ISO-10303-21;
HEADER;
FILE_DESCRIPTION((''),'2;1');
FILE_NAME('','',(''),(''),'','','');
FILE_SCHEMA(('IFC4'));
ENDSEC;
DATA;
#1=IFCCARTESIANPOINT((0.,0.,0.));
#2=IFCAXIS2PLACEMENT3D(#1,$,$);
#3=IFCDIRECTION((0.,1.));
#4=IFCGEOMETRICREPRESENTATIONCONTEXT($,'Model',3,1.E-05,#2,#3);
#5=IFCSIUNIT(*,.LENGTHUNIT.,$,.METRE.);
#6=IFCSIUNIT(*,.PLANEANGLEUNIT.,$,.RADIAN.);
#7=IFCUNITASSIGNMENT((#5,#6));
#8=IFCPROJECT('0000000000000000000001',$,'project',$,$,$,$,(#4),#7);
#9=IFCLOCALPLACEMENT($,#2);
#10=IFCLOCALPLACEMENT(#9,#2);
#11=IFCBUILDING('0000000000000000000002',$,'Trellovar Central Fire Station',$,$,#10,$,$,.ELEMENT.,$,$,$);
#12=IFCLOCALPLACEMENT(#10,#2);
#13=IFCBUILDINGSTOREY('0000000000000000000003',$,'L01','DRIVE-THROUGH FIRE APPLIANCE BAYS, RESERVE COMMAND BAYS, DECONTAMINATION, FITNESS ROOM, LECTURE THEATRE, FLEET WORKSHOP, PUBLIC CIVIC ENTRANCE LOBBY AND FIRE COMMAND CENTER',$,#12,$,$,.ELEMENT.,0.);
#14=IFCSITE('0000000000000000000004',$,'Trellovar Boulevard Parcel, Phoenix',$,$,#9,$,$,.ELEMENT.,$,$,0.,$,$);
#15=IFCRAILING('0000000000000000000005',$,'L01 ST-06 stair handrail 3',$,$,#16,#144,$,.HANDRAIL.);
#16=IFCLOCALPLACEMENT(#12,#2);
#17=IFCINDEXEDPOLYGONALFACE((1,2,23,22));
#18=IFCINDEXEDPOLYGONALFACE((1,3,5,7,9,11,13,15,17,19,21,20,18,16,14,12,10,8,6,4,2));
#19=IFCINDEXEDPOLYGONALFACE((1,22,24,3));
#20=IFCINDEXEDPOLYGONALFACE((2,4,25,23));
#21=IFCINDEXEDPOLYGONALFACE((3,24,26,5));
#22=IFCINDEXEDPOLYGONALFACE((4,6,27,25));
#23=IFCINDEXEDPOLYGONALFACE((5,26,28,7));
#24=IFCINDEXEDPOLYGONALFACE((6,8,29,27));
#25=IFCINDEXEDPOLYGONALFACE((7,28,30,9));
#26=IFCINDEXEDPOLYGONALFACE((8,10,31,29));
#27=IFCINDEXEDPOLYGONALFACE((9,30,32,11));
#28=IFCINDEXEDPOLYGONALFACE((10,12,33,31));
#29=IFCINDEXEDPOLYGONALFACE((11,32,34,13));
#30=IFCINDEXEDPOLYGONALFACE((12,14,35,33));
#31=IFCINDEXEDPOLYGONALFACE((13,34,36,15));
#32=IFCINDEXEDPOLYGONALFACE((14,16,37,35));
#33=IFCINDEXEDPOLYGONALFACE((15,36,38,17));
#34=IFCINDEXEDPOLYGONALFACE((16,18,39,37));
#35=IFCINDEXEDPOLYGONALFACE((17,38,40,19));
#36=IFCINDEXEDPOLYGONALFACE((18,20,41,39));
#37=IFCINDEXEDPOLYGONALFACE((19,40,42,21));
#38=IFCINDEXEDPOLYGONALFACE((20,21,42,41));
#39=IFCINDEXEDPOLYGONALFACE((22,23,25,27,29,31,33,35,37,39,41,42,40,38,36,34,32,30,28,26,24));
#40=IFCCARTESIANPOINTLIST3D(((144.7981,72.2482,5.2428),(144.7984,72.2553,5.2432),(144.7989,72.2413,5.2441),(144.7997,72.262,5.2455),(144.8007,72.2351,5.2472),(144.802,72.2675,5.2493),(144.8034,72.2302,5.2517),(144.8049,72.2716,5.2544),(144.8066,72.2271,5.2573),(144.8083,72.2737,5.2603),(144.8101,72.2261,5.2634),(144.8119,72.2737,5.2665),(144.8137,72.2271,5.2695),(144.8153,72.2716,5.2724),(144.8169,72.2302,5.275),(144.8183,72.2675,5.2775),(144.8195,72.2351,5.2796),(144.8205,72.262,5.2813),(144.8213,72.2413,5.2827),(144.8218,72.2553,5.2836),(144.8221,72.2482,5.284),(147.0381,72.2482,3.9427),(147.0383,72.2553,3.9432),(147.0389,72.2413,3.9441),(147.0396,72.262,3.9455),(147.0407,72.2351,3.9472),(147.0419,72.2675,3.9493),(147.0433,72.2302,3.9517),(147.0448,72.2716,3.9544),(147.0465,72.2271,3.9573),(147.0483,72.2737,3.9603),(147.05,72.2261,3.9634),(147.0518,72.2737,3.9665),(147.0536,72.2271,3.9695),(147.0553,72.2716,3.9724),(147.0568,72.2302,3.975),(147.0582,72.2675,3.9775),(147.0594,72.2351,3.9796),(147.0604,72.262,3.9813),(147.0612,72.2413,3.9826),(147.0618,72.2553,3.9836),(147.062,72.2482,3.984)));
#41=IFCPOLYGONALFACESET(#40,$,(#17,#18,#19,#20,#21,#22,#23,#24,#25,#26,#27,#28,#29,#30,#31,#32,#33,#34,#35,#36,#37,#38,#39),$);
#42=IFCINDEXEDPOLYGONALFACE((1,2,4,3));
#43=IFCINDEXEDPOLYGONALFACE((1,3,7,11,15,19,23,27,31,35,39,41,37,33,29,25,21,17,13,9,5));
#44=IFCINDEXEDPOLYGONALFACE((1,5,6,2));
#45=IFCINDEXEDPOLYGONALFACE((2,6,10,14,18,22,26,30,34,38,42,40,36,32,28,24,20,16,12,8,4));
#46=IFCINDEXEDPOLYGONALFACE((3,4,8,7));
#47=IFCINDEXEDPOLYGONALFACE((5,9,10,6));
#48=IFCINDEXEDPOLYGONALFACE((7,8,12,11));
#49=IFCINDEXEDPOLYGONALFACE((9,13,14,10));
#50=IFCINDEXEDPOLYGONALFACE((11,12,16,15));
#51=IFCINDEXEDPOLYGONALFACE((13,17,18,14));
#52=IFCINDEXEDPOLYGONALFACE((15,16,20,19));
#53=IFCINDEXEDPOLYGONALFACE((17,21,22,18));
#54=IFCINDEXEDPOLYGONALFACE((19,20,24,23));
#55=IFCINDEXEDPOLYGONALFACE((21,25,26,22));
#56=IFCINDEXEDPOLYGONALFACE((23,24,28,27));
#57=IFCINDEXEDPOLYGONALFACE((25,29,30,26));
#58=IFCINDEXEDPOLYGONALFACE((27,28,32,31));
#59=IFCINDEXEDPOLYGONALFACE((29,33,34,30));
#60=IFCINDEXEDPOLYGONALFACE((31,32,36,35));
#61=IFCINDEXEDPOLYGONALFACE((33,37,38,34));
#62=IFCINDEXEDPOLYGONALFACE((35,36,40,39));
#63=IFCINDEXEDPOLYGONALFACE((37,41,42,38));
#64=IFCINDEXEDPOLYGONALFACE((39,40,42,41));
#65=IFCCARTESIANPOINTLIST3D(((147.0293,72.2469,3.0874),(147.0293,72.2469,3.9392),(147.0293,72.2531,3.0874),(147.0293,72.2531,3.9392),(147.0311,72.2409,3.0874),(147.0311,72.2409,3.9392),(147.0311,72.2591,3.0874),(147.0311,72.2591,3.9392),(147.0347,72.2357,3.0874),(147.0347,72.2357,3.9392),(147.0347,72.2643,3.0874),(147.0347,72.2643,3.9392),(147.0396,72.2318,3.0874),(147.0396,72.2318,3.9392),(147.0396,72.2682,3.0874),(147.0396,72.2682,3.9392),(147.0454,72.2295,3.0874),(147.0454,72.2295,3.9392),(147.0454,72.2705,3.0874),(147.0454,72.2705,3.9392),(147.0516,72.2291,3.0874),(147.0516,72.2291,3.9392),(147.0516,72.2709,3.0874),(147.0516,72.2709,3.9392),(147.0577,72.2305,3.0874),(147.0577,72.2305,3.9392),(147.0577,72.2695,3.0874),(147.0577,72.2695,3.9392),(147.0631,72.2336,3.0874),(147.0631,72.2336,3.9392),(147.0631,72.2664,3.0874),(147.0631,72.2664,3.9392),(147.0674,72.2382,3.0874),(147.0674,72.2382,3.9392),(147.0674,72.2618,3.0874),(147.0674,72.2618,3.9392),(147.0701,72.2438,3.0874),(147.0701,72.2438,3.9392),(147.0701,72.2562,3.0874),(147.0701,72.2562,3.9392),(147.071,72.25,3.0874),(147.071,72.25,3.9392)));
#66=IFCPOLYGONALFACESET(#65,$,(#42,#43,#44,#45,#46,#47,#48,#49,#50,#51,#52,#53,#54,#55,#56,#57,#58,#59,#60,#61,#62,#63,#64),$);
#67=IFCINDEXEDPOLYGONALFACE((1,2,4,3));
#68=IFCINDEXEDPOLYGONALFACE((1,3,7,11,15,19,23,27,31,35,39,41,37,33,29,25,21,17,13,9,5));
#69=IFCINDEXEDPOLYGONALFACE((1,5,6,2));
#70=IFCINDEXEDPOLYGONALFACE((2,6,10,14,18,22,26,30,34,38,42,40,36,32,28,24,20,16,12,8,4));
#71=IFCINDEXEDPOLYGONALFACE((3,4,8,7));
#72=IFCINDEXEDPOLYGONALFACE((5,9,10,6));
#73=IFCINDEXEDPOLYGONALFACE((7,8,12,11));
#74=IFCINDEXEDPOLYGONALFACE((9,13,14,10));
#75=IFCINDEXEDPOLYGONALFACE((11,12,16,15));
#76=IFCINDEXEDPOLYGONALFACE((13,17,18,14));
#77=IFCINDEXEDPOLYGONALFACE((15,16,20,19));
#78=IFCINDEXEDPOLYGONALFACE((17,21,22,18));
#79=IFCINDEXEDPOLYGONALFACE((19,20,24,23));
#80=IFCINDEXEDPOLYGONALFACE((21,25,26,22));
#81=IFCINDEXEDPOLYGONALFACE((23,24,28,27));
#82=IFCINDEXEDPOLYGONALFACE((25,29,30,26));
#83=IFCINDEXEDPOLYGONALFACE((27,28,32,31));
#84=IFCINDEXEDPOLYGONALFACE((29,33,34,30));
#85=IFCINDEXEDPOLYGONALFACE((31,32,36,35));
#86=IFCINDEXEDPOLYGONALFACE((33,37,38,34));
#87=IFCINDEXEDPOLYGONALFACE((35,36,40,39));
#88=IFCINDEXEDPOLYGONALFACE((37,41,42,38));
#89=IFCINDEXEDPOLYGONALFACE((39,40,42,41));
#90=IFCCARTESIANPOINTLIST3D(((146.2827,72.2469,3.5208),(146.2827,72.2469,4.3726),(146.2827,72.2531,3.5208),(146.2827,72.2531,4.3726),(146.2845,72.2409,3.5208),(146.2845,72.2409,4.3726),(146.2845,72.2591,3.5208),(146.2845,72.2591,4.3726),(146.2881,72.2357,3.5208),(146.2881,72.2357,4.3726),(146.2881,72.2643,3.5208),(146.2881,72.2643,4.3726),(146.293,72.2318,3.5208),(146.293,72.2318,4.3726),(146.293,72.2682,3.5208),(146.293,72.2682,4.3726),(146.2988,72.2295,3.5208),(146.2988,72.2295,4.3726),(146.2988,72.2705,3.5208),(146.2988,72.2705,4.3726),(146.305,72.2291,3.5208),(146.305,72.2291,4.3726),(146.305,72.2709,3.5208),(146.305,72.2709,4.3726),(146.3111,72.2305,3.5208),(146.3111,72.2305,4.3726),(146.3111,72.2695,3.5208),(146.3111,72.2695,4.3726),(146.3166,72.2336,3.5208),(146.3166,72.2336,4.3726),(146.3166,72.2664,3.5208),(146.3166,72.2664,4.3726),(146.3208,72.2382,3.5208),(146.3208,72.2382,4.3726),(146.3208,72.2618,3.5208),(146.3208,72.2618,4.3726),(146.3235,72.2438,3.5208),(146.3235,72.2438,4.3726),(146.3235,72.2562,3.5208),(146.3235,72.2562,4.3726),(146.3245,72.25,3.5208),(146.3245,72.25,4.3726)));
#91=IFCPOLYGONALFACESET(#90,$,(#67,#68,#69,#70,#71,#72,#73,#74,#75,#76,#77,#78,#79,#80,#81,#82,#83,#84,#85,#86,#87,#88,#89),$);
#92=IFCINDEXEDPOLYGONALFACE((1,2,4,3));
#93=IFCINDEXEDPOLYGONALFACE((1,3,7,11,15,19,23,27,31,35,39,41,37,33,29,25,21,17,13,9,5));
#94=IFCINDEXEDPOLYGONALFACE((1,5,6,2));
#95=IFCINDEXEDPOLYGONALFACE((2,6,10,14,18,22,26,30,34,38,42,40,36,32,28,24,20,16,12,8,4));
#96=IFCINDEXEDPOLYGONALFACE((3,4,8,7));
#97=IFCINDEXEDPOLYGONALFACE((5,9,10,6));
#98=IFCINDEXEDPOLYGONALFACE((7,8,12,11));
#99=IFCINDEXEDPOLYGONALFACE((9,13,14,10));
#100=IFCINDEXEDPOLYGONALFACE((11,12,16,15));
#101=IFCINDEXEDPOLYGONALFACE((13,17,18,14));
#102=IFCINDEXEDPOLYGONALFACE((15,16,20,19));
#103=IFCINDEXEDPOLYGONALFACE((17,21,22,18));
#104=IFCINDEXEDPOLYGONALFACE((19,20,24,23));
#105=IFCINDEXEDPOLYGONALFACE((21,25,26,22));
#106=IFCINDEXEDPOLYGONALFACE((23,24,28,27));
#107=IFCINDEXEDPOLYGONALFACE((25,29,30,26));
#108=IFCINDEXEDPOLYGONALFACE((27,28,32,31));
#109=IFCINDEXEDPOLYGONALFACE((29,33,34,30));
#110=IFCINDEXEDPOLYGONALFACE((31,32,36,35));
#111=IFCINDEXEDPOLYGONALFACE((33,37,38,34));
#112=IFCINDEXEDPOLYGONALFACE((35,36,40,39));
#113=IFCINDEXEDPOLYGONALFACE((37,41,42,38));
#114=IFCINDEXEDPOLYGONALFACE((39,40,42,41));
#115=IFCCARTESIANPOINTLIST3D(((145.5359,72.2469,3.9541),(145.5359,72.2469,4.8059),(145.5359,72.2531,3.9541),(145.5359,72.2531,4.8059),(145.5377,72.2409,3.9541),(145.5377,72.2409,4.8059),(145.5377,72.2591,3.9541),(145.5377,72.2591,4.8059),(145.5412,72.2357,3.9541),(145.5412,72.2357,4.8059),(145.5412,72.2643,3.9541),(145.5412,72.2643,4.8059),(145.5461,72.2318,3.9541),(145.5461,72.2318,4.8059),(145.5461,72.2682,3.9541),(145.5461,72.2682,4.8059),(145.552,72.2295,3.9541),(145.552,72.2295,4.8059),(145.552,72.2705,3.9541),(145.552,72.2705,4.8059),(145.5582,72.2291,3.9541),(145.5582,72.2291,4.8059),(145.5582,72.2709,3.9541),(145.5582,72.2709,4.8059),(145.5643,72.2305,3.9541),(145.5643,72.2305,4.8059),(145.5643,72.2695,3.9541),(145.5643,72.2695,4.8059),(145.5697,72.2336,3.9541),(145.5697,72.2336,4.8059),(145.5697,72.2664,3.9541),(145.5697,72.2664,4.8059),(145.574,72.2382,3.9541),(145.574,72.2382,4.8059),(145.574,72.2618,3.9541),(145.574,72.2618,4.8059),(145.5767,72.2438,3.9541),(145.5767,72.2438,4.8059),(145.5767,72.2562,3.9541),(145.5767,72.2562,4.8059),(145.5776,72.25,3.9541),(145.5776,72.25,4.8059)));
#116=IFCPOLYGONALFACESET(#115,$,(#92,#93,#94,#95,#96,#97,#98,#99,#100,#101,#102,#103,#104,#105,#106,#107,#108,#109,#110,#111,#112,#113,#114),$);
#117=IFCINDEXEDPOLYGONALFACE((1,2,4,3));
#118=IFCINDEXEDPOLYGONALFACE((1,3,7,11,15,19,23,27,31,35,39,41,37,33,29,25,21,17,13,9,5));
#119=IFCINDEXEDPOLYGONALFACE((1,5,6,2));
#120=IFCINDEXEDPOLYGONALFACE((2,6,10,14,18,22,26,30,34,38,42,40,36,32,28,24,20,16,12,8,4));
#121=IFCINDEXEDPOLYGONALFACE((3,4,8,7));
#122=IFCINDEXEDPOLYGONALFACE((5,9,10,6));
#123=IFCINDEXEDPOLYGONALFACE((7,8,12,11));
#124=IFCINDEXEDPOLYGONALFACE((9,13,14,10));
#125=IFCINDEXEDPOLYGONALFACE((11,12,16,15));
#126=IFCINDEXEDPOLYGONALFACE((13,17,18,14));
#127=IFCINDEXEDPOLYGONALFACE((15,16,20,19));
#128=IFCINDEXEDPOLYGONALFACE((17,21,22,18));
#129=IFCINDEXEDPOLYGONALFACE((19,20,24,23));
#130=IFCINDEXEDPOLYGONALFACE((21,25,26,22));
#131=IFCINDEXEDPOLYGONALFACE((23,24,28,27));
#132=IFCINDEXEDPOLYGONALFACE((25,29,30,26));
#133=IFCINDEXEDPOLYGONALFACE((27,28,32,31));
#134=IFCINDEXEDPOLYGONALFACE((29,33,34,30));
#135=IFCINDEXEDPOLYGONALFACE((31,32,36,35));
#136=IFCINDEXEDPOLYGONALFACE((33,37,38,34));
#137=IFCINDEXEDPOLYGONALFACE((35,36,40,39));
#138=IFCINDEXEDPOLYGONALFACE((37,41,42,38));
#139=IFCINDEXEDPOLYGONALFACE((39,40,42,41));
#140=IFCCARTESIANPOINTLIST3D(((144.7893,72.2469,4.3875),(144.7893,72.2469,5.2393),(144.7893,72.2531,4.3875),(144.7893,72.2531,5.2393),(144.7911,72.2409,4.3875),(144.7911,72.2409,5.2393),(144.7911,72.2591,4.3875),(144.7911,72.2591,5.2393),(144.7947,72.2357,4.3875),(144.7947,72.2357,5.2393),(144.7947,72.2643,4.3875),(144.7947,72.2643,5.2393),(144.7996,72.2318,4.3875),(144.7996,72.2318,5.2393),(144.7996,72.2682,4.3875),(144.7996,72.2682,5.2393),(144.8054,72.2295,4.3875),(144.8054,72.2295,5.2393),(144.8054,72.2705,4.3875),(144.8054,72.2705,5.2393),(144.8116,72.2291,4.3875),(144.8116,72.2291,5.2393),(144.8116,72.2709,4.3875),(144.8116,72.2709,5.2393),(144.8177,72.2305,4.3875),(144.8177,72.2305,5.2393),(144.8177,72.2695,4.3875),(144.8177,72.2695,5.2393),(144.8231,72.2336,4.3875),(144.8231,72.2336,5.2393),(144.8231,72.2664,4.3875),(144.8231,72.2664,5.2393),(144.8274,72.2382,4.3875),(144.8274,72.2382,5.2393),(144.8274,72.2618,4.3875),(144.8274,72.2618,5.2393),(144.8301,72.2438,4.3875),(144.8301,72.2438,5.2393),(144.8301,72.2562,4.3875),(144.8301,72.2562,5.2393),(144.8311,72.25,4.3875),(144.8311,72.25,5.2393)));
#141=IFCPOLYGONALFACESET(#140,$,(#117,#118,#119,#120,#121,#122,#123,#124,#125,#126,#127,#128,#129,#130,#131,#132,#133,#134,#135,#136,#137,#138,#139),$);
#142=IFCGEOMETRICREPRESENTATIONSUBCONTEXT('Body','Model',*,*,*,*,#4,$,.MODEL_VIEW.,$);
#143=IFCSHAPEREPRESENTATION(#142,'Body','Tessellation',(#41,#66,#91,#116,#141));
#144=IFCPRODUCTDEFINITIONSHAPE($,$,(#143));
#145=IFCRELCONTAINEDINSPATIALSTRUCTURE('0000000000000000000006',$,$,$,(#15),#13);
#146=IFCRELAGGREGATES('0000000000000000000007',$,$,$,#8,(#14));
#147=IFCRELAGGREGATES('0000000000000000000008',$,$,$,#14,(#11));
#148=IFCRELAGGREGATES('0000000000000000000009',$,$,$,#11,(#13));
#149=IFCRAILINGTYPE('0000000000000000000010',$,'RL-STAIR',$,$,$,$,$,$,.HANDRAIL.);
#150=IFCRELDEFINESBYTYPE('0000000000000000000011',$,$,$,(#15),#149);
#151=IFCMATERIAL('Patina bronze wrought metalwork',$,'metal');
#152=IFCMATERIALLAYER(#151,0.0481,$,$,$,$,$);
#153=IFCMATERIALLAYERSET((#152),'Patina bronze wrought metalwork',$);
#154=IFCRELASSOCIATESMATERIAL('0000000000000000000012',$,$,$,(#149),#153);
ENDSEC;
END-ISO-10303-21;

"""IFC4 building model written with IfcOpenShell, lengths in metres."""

from ifc_helpers import new_model, si_unit, direction, frame, origin, origin_2d, place, context, subcontext, project, spatial, circle, extrude, material, layer, layer_set, type_object, element, save


model = new_model("IFC4")

# Units and contexts
model_context = context("Model", 3, precision=1e-05, world=origin(), true_north=direction((0.0, 1.0)))
body_context = subcontext(model_context, "Body", "Model", "MODEL_VIEW")
ifc_project = project(units=[si_unit("LENGTHUNIT", "METRE"), si_unit("PLANEANGLEUNIT", "RADIAN")], contexts=[model_context])

# Site, building, storey
site_placement = place(None, origin())
site = spatial("IfcSite", under=ifc_project, at=site_placement, Name="Trellovar Boulevard Parcel, Phoenix", CompositionType="ELEMENT", RefElevation=0.0)
building_placement = place(site_placement, origin())
building = spatial("IfcBuilding", under=site, at=building_placement, Name="Trellovar Central Fire Station", CompositionType="ELEMENT")
storey_placement = place(building_placement, origin())
storey = spatial("IfcBuildingStorey", under=building, at=storey_placement, Name="L01", Description="DRIVE-THROUGH FIRE APPLIANCE BAYS, RESERVE COMMAND BAYS, DECONTAMINATION, FITNESS ROOM, LECTURE THEATRE, FLEET WORKSHOP, PUBLIC CIVIC ENTRANCE LOBBY AND FIRE COMMAND CENTER", CompositionType="ELEMENT", Elevation=0.0)

# Railing
ifc_material_1 = material(Name="Patina bronze wrought metalwork", Category="metal")
ifc_layer_1 = layer(ifc_material_1, 0.0481)
ifc_layer_set_1 = layer_set([ifc_layer_1], Name="Patina bronze wrought metalwork")
railing_type_1 = type_object("IfcRailingType", Name="RL-STAIR", PredefinedType="HANDRAIL", material=ifc_layer_set_1)
railing_1_placement = place(storey_placement, frame((147.05, 72.25, 3.0874)))
element("IfcRailing", 1, at=railing_1_placement, inside=storey, type_object=railing_type_1, Name="L01 ST-06 stair handrail 3", PredefinedType="HANDRAIL", context=body_context, shape_type="SweptSolid", body=[
    extrude(circle(Radius=0.0239, at=origin_2d()), frame((0.0, 0.0, 0.876), z_axis=(-0.864888, 0.0, 0.501965), x_axis=(0.0, -1.0, 0.0)), (0.0, 0.0, 1.0), 2.5898),
    extrude(circle(Radius=0.021, at=origin_2d()), origin(), (0.0, 0.0, 1.0), 0.8518),
    extrude(circle(Radius=0.021, at=origin_2d()), frame((-0.7466, 0.0, 0.4333)), (0.0, 0.0, 1.0), 0.8518),
    extrude(circle(Radius=0.021, at=origin_2d()), frame((-1.4934, 0.0, 0.8667)), (0.0, 0.0, 1.0), 0.8518),
    extrude(circle(Radius=0.021, at=origin_2d()), frame((-2.24, 0.0, 1.3)), (0.0, 0.0, 1.0), 0.8518),
])

save(model, "model.ifc")
